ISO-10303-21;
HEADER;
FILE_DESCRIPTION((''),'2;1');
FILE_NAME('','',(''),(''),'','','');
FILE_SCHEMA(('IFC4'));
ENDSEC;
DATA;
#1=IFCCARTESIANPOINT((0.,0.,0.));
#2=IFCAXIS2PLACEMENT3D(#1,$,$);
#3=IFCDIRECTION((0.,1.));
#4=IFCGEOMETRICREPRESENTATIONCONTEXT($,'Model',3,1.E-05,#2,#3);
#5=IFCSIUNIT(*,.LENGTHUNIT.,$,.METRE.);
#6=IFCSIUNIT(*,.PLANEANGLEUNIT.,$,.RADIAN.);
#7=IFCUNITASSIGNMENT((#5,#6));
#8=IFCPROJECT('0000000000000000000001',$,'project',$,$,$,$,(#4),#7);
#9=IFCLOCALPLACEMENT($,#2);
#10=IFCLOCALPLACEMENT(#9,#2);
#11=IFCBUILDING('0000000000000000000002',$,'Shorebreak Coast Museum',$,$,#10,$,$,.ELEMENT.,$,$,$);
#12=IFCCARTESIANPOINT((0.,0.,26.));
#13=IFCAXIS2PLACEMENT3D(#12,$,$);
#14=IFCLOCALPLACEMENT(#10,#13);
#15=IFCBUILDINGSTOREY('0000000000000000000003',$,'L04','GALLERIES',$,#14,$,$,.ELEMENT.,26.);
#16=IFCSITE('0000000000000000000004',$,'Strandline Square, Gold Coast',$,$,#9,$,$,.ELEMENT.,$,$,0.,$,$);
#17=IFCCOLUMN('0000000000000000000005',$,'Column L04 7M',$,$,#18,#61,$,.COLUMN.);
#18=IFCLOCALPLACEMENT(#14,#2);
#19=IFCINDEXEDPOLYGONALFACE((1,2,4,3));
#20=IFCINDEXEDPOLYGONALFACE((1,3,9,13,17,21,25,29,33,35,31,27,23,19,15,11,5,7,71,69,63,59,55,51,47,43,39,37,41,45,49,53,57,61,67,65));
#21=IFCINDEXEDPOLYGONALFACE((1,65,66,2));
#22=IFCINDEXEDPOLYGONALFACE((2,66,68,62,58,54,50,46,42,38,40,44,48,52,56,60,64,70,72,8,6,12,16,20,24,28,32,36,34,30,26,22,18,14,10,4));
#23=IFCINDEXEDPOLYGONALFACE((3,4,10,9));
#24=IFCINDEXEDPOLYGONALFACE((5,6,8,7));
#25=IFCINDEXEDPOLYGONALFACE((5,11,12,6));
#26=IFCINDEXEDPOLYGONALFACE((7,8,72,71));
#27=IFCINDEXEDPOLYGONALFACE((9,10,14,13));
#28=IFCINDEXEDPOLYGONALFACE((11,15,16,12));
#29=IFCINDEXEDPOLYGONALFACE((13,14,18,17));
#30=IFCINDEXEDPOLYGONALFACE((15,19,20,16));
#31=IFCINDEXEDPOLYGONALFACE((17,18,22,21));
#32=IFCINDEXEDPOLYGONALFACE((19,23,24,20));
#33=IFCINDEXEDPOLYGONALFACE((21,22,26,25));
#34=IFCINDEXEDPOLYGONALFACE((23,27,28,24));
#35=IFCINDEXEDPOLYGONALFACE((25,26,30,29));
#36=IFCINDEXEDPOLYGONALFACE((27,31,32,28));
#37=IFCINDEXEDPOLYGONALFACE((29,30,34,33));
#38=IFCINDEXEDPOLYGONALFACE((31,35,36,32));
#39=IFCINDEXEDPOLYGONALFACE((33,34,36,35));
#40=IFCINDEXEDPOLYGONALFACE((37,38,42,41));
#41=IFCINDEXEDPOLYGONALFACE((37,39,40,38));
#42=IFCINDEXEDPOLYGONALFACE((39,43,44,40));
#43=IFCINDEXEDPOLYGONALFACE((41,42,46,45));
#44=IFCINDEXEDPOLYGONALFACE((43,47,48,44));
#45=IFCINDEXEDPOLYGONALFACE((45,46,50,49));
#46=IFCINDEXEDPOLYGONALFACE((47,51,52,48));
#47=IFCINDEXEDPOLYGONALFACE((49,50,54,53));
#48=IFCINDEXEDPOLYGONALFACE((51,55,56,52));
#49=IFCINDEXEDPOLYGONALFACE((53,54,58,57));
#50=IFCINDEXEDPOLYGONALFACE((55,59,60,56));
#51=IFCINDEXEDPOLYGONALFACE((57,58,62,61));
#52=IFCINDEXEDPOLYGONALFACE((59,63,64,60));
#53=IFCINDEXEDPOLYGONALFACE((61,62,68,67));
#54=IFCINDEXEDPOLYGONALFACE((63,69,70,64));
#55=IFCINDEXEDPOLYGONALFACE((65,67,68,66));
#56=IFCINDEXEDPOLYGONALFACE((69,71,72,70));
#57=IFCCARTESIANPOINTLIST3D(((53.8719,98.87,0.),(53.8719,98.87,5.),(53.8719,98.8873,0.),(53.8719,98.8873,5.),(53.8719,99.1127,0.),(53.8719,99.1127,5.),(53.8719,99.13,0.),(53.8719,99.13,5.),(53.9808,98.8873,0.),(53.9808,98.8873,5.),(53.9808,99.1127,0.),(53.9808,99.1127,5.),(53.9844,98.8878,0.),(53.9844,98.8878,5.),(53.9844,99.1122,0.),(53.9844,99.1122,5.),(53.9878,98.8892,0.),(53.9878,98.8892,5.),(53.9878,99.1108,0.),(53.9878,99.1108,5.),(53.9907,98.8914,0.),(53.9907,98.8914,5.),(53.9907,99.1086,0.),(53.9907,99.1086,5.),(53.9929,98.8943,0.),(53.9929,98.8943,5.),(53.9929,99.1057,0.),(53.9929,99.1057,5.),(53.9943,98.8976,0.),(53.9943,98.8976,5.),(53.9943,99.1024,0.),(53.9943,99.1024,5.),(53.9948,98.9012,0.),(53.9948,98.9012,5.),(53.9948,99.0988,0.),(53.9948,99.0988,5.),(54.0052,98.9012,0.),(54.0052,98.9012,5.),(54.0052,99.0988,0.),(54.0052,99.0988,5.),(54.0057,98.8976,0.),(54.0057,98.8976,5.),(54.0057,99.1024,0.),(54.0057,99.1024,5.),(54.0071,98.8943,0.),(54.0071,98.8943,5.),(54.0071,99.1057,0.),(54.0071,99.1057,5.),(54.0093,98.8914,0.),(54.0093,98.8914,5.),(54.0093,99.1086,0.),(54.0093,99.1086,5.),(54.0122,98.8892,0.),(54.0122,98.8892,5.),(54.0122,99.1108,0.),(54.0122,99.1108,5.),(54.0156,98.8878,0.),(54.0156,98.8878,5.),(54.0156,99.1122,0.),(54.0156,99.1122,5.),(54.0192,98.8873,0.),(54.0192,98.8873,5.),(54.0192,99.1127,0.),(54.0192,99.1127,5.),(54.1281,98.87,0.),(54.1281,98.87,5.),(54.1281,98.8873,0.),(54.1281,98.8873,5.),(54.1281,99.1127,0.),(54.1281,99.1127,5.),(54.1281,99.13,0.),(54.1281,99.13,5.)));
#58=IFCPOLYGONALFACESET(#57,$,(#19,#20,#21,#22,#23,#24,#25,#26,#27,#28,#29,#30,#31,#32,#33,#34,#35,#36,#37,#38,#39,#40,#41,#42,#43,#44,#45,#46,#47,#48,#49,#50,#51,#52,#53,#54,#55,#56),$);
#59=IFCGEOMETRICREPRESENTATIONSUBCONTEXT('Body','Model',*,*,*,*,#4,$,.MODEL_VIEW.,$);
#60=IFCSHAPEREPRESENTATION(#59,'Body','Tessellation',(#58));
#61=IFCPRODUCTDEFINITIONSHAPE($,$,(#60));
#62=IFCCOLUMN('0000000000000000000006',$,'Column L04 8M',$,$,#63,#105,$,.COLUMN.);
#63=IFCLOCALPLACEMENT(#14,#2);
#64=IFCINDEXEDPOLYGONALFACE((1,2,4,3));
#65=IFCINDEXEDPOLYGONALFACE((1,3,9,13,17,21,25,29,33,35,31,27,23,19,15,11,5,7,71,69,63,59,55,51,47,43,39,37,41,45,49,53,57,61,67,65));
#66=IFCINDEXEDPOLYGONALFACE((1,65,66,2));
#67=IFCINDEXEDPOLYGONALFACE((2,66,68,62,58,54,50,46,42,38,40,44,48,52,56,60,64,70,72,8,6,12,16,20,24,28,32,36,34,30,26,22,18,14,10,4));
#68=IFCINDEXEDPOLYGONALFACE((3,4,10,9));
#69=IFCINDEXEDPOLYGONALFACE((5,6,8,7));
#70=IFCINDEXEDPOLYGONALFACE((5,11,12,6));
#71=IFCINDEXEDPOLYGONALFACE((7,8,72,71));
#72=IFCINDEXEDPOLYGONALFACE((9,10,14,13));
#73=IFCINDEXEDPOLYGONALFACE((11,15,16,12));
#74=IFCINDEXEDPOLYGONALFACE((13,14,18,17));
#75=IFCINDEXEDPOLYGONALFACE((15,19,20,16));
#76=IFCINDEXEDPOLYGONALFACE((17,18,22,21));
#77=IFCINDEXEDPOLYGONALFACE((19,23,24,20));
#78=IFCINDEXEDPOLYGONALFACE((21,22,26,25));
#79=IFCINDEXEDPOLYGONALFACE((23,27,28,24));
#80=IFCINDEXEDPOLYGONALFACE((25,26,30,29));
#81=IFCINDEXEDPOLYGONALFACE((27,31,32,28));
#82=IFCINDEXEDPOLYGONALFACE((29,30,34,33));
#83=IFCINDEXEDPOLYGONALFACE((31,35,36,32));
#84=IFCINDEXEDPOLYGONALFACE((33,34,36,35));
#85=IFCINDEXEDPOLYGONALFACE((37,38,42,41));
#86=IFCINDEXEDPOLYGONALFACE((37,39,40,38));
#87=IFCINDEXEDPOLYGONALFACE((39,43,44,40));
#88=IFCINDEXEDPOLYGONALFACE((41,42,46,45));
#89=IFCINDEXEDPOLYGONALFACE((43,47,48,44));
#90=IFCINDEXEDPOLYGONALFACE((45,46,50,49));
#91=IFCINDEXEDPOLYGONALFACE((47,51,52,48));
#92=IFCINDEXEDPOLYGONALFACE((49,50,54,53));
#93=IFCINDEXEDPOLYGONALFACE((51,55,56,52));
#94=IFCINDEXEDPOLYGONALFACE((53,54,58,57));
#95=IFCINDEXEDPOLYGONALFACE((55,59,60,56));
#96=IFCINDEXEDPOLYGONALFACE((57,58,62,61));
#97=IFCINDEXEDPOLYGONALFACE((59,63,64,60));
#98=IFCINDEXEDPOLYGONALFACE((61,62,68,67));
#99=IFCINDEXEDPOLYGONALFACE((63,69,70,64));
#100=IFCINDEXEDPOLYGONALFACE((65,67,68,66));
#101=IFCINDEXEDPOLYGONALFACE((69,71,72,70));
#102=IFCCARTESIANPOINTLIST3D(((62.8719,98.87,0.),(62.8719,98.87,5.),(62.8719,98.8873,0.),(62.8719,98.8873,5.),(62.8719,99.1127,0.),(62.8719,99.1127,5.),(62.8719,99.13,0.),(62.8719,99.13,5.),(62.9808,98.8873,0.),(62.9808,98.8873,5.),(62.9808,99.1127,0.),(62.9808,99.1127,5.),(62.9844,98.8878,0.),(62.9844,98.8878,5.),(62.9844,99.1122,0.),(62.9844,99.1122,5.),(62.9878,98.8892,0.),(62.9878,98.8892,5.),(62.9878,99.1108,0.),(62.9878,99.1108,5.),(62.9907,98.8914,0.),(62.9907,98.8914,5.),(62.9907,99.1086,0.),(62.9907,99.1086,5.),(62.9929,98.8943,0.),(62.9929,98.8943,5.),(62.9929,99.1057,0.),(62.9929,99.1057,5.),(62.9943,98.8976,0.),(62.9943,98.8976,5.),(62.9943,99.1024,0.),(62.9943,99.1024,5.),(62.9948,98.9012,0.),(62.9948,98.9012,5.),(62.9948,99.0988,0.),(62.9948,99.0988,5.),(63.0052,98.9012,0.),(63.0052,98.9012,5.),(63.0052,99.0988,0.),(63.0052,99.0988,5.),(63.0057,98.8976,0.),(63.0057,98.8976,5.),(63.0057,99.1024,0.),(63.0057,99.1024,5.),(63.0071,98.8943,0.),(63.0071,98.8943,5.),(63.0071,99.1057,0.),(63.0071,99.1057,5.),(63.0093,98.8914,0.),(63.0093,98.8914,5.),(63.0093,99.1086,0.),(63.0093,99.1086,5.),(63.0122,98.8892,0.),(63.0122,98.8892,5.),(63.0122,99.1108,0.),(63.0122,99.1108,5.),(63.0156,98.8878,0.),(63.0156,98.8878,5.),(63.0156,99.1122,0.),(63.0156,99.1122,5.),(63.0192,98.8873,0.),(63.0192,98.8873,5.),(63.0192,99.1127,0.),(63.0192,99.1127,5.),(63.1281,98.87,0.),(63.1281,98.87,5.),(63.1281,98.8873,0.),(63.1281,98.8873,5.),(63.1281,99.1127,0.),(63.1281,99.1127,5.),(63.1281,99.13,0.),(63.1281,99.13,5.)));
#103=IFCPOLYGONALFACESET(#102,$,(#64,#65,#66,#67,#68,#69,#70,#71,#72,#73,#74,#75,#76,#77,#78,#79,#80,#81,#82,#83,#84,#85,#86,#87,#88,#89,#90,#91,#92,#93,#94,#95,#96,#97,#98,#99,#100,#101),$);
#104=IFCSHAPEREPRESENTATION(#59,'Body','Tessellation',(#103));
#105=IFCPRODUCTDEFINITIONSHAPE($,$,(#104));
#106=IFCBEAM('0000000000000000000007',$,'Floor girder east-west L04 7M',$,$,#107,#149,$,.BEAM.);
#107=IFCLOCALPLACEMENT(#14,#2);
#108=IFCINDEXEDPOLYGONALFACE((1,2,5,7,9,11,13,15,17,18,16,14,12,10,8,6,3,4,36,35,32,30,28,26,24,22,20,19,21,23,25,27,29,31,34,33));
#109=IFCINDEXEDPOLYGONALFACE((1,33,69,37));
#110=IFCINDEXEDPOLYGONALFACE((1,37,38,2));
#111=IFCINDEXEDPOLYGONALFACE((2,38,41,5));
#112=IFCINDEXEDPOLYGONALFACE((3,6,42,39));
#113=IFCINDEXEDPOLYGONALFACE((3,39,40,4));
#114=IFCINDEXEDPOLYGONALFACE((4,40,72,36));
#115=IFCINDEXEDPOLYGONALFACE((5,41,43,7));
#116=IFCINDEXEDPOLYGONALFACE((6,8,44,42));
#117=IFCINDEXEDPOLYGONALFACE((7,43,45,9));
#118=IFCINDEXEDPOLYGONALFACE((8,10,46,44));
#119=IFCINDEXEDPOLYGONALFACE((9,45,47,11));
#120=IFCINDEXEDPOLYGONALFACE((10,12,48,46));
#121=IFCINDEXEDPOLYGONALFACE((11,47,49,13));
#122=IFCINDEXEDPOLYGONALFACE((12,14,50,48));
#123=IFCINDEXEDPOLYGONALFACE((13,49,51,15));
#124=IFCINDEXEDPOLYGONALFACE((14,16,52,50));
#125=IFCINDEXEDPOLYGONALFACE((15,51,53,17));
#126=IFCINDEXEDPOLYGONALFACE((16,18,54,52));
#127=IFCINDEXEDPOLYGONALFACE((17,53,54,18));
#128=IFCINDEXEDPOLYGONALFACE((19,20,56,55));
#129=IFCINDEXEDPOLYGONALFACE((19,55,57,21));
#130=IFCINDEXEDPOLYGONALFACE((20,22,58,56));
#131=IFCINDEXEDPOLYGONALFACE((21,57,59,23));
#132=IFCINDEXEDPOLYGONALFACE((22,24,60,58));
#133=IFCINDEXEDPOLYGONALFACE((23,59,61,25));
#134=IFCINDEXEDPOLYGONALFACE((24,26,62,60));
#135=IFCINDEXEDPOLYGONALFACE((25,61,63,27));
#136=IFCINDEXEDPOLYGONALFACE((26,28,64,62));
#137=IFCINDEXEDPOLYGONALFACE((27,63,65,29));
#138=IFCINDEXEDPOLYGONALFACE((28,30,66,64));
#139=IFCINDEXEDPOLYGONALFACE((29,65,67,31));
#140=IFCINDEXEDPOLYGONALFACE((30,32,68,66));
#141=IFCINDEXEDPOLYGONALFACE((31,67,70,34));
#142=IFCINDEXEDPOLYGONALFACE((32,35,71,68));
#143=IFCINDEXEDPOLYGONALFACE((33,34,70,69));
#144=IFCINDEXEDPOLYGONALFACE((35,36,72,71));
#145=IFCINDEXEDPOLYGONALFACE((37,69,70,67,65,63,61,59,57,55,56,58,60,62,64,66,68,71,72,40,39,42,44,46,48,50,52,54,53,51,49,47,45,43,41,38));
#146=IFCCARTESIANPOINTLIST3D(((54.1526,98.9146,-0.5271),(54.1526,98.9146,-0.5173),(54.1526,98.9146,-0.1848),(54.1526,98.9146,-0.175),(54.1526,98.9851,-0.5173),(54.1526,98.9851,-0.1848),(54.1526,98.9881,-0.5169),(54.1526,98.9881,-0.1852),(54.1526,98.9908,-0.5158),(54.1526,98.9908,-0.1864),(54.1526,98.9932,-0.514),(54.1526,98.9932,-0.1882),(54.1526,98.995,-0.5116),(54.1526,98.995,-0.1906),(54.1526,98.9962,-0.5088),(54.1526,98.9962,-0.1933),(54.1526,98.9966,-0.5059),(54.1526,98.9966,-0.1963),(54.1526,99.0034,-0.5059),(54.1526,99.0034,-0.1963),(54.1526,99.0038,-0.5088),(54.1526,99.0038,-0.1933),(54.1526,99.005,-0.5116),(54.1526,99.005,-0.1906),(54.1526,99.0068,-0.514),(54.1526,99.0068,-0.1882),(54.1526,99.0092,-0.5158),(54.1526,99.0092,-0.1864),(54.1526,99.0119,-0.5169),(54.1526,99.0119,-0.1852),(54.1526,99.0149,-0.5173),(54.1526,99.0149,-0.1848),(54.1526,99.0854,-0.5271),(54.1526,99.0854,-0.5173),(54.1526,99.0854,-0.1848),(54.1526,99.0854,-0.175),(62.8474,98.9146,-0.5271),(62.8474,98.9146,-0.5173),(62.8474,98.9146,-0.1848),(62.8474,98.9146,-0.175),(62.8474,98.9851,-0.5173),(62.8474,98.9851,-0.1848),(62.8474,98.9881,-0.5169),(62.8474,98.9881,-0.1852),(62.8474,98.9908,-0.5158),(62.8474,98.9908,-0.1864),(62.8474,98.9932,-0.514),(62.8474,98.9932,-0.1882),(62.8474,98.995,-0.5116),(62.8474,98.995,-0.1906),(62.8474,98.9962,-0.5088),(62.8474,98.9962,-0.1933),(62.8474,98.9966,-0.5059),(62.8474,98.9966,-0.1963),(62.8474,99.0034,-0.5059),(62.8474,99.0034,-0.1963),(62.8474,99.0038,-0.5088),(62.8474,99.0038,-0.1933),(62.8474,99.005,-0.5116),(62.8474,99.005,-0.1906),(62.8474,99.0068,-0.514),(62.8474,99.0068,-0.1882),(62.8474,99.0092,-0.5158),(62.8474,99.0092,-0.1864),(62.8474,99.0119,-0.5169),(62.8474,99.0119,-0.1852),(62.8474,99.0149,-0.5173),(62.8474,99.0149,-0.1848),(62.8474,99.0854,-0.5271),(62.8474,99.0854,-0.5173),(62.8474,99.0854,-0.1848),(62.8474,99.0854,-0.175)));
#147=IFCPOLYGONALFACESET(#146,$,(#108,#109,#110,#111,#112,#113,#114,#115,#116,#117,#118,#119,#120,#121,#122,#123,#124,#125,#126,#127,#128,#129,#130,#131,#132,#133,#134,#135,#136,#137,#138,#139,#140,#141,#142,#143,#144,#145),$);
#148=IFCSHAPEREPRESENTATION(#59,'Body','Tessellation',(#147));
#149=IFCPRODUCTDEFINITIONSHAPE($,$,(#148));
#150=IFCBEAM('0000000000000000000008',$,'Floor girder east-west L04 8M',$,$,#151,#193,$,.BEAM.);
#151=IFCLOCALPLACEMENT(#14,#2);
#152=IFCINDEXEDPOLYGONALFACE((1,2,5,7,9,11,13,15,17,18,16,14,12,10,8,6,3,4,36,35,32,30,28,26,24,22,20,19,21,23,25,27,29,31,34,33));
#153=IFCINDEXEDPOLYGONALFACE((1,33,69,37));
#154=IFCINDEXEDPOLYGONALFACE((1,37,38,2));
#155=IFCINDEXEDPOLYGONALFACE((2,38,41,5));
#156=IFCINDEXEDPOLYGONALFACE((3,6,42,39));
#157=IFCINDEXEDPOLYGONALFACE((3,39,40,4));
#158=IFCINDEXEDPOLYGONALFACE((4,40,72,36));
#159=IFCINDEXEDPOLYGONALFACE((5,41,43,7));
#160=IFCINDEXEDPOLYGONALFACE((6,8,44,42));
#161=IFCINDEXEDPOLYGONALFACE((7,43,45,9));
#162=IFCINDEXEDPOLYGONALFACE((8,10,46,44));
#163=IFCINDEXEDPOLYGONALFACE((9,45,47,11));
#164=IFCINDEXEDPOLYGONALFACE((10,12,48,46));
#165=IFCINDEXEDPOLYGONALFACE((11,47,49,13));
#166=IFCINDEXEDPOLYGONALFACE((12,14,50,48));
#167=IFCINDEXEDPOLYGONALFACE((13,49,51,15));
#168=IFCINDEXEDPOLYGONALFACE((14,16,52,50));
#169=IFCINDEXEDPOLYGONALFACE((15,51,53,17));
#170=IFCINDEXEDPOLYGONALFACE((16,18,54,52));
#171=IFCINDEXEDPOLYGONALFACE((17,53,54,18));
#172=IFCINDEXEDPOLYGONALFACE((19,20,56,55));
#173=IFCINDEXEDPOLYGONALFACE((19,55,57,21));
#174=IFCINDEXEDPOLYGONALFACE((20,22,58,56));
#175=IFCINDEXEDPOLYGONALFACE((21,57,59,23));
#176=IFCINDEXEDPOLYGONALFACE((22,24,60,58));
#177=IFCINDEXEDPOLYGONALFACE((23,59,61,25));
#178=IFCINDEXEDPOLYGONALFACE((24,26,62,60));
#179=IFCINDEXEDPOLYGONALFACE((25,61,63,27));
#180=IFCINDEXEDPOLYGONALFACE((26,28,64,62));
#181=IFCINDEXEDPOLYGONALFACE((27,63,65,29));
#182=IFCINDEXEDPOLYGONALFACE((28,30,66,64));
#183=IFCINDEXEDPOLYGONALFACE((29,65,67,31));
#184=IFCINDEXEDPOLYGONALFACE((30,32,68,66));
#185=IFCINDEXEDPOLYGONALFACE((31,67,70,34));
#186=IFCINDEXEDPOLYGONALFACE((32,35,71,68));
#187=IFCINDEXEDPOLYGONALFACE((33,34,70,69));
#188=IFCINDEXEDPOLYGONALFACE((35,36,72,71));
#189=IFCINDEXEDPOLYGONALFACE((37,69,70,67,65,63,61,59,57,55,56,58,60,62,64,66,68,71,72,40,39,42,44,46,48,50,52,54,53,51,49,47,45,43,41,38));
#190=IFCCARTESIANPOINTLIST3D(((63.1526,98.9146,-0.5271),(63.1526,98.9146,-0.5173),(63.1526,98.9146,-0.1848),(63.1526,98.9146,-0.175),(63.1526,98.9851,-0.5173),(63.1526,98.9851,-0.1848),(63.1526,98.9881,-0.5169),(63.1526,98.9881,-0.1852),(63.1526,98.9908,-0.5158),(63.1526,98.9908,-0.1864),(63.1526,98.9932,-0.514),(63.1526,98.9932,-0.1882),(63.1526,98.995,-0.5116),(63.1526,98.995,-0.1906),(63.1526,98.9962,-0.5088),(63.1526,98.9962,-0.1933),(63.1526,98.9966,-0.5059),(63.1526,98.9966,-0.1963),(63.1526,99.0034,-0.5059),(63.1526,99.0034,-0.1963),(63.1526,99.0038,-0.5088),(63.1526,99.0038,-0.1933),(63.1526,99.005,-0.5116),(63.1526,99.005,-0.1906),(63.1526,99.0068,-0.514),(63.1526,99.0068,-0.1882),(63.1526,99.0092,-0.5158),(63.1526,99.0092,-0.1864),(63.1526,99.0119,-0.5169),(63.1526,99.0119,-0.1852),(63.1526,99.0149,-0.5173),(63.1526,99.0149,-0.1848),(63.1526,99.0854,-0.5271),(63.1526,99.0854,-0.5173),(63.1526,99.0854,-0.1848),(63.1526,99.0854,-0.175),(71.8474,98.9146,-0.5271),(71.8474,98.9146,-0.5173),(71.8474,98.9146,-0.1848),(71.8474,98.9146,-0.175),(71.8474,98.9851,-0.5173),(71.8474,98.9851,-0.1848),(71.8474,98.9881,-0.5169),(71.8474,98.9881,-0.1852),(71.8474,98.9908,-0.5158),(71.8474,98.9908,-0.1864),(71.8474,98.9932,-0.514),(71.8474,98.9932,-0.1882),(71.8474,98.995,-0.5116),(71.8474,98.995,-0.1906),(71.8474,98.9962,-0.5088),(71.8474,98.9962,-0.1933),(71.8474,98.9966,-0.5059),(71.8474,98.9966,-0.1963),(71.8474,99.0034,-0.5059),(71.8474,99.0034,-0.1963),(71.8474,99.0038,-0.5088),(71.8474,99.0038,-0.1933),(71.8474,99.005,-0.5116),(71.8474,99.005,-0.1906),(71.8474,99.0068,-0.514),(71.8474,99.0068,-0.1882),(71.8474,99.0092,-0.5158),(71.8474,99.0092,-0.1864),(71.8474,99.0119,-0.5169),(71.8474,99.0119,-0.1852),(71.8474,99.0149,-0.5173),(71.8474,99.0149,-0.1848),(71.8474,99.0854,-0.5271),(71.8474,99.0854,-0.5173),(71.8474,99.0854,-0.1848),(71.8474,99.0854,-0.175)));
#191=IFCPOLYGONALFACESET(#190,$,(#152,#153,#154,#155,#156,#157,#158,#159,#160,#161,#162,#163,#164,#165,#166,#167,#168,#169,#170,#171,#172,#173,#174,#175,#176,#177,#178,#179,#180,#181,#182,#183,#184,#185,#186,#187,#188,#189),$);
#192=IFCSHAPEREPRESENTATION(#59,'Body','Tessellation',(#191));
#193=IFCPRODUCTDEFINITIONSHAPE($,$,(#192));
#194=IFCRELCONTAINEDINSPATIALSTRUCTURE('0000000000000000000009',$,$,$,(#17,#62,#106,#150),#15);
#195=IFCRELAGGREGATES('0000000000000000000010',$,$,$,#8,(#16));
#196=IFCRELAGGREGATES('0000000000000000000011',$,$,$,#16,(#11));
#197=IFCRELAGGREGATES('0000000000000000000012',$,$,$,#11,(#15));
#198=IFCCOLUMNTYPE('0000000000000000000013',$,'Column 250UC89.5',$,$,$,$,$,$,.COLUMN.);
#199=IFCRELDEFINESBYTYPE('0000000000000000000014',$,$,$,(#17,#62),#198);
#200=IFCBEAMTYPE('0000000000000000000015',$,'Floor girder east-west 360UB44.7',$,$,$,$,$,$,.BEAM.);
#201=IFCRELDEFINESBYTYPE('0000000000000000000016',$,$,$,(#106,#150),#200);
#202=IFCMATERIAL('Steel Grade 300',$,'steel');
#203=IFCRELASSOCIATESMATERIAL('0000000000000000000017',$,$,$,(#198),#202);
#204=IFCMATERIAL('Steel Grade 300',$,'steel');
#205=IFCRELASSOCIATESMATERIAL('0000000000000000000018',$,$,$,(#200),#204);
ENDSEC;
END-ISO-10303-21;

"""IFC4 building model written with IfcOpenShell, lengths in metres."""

from ifc_helpers import new_model, si_unit, direction, frame, origin, origin_2d, place, context, subcontext, project, spatial, i_section, extrude, material, material_profile, profile_set, type_object, element, save


model = new_model("IFC4")

# Units and contexts
model_context = context("Model", 3, precision=1e-05, world=origin(), true_north=direction((0.0, 1.0)))
body_context = subcontext(model_context, "Body", "Model", "MODEL_VIEW")
ifc_project = project(units=[si_unit("LENGTHUNIT", "METRE"), si_unit("PLANEANGLEUNIT", "RADIAN")], contexts=[model_context])

# Site, building, storey
site_placement = place(None, origin())
site = spatial("IfcSite", under=ifc_project, at=site_placement, Name="Strandline Square, Gold Coast", CompositionType="ELEMENT", RefElevation=0.0)
building_placement = place(site_placement, origin())
building = spatial("IfcBuilding", under=site, at=building_placement, Name="Shorebreak Coast Museum", CompositionType="ELEMENT")
storey_placement = place(building_placement, frame((0.0, 0.0, 26.0)))
storey = spatial("IfcBuildingStorey", under=building, at=storey_placement, Name="L04", Description="GALLERIES", CompositionType="ELEMENT", Elevation=26.0)

# Columns
ifc_material_1 = material(Name="Steel Grade 300", Category="steel")
ifc_material_profile_1 = material_profile(ifc_material_1, i_section(OverallWidth=0.2561, OverallDepth=0.26, WebThickness=0.0105, FlangeThickness=0.0173, FilletRadius=0.0139, at=origin_2d()), Name="250UC89.5")
ifc_profile_set_1 = profile_set([ifc_material_profile_1], Name="Steel Grade 300")
column_type = type_object("IfcColumnType", Name="Column 250UC89.5", PredefinedType="COLUMN", material=ifc_profile_set_1)
for number, where, z_axis, x_axis, name in (
    (1, (54.0, 99.0, 0.0), (0.0, 0.0, 1.0), (1.0, 0.0, 0.0), "Column L04 7M"),
    (2, (63.0, 99.0, 0.0), (0.0, 0.0, 1.0), (1.0, 0.0, 0.0), "Column L04 8M"),
):
    element("IfcColumn", number, at=place(storey_placement, frame(where, z_axis=z_axis, x_axis=x_axis)), inside=storey, type_object=column_type, Name=name, PredefinedType="COLUMN", context=body_context, shape_type="SweptSolid", body=[
        extrude(i_section(OverallWidth=0.2561, OverallDepth=0.26, WebThickness=0.0105, FlangeThickness=0.0173, FilletRadius=0.0139, at=origin_2d()), origin(), (0.0, 0.0, 1.0), 5.0),
    ])

# Beams
ifc_material_2 = material(Name="Steel Grade 300", Category="steel")
ifc_material_profile_2 = material_profile(ifc_material_2, i_section(OverallWidth=0.1709, OverallDepth=0.3521, WebThickness=0.0068, FlangeThickness=0.0098, FilletRadius=0.0115, at=origin_2d()), Name="360UB44.7")
ifc_profile_set_2 = profile_set([ifc_material_profile_2], Name="Steel Grade 300")
beam_type_1 = type_object("IfcBeamType", Name="Floor girder east-west 360UB44.7", PredefinedType="BEAM", material=ifc_profile_set_2)
for number, where, z_axis, x_axis, name in (
    (3, (54.1526, 99.0, -0.3511), (1.0, 0.0, 0.0), (0.0, 1.0, 0.0), "Floor girder east-west L04 7M"),
    (4, (63.1526, 99.0, -0.3511), (1.0, 0.0, 0.0), (0.0, 1.0, 0.0), "Floor girder east-west L04 8M"),
):
    element("IfcBeam", number, at=place(storey_placement, frame(where, z_axis=z_axis, x_axis=x_axis)), inside=storey, type_object=beam_type_1, Name=name, PredefinedType="BEAM", context=body_context, shape_type="SweptSolid", body=[
        extrude(i_section(OverallWidth=0.1709, OverallDepth=0.3521, WebThickness=0.0068, FlangeThickness=0.0098, FilletRadius=0.0115, at=origin_2d()), origin(), (0.0, 0.0, 1.0), 8.6948),
    ])

save(model, "model.ifc")
